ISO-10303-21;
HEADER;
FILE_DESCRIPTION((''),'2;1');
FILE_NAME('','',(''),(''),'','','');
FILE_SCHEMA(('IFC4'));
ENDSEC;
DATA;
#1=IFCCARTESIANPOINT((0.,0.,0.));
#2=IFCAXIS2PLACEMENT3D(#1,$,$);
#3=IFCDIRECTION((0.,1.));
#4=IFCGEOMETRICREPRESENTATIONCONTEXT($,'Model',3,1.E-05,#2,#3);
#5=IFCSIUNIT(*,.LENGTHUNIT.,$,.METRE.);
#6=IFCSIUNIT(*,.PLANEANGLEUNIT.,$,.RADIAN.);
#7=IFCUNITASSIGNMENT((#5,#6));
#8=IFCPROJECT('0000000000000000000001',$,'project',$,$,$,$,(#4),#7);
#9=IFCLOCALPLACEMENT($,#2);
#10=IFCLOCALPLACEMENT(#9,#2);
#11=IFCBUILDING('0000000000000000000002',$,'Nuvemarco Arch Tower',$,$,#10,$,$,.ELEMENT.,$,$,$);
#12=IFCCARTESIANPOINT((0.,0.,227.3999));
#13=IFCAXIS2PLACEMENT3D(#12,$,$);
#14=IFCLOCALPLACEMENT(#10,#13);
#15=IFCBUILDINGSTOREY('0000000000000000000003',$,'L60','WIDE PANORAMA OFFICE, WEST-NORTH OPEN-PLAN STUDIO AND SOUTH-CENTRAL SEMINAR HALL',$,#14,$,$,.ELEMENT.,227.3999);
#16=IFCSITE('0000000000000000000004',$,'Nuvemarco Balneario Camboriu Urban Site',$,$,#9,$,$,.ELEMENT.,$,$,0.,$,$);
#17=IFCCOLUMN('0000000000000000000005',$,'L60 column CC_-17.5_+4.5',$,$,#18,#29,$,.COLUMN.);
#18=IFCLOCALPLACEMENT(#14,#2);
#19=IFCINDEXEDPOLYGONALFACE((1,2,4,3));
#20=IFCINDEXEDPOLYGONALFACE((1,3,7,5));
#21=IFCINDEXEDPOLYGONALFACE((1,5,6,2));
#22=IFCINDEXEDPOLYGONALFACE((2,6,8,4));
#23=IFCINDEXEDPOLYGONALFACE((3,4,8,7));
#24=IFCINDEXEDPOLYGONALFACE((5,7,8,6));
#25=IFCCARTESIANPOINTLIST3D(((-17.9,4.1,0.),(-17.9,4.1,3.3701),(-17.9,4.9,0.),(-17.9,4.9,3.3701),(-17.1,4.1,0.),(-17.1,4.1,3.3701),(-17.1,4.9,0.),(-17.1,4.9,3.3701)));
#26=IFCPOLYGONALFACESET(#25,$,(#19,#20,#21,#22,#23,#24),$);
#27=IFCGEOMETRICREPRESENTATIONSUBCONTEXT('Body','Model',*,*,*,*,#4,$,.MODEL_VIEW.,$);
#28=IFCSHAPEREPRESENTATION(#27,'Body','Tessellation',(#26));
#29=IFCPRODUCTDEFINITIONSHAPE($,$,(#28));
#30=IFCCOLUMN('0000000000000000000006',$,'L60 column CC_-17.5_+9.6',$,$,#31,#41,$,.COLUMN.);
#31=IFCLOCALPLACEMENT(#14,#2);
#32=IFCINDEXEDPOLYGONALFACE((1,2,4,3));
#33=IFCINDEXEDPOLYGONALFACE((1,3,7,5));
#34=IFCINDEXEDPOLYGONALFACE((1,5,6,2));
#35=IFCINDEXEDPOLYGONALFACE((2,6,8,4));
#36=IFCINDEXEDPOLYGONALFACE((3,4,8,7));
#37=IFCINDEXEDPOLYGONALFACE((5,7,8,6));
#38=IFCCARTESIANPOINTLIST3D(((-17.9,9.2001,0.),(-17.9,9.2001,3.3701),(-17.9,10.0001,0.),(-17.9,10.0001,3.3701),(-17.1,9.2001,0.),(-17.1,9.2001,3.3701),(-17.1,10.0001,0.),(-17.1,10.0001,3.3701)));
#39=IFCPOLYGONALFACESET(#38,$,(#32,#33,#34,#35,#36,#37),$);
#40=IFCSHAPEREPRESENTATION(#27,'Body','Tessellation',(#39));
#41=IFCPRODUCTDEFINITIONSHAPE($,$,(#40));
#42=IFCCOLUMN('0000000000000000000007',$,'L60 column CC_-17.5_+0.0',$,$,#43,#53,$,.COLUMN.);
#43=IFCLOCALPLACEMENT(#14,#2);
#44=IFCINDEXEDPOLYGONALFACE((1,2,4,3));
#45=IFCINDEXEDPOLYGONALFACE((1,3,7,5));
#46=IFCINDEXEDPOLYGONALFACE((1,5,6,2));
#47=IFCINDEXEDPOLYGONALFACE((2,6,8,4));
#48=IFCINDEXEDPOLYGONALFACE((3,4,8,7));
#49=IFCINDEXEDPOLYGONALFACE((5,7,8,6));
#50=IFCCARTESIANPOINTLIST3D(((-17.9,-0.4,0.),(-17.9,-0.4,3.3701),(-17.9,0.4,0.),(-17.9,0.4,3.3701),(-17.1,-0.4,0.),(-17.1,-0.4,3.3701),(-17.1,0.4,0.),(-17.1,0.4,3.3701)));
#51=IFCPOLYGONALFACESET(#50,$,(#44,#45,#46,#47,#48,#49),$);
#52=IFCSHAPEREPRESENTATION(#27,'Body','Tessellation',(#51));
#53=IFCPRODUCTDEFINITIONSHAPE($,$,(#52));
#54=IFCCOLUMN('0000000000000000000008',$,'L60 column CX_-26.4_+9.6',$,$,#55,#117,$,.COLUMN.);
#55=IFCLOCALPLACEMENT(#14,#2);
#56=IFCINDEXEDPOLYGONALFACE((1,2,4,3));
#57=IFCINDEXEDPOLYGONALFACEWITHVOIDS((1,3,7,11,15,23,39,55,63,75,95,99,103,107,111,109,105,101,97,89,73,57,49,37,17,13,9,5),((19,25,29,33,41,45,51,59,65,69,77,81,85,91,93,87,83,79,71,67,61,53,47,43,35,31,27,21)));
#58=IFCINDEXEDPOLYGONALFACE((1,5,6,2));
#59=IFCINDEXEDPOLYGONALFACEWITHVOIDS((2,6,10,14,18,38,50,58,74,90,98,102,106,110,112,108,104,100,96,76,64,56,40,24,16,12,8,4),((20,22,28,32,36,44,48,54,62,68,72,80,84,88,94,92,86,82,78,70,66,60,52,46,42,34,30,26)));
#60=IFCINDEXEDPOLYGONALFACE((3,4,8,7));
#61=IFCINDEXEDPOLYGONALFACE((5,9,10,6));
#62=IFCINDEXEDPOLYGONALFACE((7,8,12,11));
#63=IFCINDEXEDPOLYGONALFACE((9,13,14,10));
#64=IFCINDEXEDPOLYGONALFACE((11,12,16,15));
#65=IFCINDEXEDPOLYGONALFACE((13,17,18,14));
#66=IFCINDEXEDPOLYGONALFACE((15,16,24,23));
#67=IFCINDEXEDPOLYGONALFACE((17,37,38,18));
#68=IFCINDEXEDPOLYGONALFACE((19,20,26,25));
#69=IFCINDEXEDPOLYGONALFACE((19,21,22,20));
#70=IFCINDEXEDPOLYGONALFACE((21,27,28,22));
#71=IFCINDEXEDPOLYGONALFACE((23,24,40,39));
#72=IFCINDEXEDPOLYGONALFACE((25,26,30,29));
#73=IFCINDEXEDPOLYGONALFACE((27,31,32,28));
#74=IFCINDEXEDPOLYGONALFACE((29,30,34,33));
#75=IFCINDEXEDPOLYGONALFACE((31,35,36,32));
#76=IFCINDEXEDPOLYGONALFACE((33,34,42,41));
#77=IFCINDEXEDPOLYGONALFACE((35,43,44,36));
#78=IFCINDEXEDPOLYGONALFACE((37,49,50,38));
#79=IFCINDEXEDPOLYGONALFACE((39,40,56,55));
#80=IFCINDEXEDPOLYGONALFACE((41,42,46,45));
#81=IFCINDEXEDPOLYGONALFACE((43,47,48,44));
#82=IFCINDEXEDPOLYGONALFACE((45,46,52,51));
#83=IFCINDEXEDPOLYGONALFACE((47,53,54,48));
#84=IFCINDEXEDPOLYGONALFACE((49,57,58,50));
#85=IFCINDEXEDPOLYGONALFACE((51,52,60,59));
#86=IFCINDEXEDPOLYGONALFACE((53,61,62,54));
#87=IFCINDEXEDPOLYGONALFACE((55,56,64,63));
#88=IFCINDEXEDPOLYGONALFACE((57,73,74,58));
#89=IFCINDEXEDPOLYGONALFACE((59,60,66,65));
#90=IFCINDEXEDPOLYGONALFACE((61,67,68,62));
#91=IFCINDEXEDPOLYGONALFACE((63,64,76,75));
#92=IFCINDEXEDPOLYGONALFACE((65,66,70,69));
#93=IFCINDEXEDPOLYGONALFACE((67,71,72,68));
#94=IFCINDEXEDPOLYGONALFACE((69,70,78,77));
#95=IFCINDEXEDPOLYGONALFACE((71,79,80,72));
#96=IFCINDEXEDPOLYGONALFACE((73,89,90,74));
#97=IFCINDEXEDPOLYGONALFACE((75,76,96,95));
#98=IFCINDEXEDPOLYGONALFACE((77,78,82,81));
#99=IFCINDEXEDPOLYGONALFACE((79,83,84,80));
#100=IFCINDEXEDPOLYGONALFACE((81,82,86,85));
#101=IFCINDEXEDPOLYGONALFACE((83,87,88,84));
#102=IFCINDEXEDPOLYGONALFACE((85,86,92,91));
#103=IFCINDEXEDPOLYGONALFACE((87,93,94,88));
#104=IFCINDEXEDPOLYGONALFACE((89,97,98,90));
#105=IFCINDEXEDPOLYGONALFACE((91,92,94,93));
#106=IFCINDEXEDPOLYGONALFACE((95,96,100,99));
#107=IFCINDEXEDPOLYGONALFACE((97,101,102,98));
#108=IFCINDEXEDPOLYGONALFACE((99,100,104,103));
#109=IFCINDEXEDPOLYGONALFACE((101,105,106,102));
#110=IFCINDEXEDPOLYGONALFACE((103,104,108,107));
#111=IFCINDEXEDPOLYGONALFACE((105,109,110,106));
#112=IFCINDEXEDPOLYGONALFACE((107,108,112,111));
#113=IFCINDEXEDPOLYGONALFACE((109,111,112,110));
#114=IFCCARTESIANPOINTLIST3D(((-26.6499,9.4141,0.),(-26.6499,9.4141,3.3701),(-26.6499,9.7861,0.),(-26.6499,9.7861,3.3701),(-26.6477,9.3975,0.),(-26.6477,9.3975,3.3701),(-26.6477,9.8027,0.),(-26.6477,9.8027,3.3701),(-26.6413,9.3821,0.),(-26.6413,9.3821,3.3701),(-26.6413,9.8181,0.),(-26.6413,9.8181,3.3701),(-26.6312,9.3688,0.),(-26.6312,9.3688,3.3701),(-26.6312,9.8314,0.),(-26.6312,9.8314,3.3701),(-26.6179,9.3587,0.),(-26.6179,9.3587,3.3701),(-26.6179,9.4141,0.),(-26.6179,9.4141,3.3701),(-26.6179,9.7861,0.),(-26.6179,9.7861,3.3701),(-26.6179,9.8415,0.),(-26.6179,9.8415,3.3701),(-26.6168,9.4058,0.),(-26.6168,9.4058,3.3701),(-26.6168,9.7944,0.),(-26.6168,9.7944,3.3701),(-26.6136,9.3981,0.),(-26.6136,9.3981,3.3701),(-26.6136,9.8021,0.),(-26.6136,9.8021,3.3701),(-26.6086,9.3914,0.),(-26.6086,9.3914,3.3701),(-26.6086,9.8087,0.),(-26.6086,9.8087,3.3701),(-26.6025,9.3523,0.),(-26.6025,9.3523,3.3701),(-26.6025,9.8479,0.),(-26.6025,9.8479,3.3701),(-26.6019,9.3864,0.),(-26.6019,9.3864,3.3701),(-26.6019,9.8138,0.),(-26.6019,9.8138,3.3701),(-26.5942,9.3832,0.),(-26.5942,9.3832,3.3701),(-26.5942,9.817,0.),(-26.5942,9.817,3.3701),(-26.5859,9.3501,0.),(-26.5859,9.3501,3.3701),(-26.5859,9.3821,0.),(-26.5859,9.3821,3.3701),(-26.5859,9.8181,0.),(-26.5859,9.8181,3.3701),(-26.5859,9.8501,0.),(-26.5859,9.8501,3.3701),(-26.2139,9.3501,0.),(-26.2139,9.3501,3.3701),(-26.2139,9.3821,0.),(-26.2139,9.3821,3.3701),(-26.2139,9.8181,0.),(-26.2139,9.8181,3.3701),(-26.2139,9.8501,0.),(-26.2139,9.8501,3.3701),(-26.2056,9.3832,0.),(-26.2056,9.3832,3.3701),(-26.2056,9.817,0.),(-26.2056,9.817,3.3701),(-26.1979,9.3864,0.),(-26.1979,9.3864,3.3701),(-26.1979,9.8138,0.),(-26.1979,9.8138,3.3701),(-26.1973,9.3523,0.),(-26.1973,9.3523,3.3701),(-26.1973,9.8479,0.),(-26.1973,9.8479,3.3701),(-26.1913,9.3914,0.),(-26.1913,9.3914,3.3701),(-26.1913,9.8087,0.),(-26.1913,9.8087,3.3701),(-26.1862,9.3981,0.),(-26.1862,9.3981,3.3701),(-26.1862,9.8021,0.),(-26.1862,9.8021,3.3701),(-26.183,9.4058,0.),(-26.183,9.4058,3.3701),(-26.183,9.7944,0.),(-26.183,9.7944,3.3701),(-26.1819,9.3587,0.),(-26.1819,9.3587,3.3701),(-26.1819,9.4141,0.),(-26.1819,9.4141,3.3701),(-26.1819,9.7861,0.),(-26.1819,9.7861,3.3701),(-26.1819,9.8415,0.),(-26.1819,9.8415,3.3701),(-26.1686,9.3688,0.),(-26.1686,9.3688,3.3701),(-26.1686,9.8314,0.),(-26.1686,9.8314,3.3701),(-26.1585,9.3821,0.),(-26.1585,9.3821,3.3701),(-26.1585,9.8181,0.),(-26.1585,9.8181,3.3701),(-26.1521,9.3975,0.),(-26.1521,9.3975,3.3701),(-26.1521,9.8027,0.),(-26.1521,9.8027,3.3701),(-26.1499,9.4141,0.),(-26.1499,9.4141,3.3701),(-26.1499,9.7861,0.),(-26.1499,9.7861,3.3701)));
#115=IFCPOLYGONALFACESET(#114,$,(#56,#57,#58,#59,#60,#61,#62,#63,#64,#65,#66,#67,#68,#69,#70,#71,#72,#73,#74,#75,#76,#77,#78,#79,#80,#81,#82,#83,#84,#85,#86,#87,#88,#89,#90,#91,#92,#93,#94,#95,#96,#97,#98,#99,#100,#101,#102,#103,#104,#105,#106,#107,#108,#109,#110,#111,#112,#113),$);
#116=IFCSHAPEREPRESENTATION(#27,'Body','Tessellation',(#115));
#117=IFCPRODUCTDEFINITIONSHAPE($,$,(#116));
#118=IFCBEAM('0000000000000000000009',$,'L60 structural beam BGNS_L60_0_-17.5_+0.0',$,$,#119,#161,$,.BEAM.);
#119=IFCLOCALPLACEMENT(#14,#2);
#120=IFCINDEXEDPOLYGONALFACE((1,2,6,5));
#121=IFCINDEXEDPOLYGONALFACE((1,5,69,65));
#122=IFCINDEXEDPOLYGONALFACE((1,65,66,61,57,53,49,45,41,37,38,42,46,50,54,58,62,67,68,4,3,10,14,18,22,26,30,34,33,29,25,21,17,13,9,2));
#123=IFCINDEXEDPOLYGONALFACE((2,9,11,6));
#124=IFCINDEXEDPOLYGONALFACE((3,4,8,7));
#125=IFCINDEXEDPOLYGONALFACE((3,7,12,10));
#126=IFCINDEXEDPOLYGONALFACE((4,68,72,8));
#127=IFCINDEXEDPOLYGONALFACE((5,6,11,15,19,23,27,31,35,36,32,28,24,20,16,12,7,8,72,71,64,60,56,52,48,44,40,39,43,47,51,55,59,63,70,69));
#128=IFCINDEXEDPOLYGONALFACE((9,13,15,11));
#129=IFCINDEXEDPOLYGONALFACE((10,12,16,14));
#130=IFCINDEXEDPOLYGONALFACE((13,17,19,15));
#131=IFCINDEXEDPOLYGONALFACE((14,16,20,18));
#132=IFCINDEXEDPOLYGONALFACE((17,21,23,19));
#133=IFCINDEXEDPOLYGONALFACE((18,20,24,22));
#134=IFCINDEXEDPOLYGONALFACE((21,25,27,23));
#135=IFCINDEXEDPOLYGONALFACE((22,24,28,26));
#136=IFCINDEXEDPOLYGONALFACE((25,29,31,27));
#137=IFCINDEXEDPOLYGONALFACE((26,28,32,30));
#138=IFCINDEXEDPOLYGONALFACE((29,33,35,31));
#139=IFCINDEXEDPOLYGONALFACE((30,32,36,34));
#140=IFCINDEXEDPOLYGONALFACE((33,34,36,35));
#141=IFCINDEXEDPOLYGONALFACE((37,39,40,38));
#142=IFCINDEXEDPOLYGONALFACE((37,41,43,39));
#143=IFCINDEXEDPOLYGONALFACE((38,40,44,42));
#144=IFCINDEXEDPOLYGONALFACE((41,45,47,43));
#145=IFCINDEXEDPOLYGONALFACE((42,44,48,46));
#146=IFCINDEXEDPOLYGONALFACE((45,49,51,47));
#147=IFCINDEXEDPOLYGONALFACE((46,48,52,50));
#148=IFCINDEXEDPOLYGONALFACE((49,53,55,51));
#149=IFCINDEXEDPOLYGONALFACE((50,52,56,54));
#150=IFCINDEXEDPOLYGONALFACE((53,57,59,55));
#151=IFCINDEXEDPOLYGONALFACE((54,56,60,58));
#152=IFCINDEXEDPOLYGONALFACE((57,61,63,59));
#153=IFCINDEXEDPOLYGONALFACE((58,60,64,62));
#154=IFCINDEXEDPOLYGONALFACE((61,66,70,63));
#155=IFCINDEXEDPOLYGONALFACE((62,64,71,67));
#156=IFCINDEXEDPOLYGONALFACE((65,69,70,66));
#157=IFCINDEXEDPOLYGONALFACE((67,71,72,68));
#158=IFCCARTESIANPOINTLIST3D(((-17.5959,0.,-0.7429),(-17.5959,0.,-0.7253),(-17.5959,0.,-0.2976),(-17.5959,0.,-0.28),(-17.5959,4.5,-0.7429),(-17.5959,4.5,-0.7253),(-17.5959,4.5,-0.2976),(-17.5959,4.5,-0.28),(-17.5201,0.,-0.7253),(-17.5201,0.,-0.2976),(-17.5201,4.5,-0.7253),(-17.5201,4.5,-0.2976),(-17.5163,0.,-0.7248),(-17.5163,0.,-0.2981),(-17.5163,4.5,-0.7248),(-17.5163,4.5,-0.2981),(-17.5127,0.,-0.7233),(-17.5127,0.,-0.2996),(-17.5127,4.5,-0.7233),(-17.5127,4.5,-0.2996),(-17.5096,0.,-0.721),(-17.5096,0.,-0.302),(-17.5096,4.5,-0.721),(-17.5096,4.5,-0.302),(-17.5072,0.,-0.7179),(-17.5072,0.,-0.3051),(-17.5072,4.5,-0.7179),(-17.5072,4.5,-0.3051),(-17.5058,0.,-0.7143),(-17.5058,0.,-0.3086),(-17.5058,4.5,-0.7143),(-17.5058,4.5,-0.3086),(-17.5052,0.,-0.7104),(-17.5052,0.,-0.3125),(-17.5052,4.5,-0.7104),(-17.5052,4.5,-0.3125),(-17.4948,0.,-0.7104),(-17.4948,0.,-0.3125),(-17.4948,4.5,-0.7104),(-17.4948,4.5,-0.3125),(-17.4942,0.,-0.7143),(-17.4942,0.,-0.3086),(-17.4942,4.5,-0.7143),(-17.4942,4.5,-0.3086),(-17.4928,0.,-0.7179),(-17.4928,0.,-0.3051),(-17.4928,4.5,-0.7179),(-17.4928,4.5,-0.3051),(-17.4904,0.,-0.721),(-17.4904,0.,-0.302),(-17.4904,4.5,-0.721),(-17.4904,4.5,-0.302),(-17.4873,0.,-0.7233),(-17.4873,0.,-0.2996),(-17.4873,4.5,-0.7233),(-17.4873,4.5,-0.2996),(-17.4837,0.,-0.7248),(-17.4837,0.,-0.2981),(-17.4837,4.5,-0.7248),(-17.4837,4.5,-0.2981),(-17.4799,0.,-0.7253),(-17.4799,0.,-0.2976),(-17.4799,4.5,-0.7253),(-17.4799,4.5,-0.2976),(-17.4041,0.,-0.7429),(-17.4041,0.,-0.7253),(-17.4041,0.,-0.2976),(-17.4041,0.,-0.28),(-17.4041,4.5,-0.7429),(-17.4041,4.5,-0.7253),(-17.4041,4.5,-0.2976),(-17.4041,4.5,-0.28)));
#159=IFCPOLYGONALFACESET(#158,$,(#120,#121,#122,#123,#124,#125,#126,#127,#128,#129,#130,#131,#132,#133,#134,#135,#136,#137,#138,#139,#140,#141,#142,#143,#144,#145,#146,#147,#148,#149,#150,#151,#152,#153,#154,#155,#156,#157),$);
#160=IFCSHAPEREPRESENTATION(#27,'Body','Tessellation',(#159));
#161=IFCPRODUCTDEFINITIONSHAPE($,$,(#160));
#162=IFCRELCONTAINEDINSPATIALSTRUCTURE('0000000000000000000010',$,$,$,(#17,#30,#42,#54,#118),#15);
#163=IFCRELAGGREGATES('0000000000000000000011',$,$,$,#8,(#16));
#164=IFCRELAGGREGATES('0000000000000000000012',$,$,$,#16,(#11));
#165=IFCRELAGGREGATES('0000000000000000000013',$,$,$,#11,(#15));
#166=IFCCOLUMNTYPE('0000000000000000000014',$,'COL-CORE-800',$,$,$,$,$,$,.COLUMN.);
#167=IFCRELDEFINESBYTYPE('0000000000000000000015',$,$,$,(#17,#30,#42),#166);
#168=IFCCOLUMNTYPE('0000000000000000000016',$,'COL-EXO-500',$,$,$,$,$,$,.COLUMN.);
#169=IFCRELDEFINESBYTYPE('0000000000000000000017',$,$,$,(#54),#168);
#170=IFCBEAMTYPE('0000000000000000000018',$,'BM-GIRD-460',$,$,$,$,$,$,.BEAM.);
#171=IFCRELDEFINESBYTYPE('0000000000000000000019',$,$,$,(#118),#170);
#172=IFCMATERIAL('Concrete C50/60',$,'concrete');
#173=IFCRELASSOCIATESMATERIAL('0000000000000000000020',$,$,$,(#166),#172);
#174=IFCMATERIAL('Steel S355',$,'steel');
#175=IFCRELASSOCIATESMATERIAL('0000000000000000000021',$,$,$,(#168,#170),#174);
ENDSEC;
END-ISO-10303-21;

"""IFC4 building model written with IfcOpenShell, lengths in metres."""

from ifc_helpers import new_model, si_unit, direction, frame, origin, origin_2d, place, context, subcontext, project, spatial, rectangle, hollow_rectangle, i_section, extrude, material, material_profile, profile_set, type_object, element, save


model = new_model("IFC4")

# Units and contexts
model_context = context("Model", 3, precision=1e-05, world=origin(), true_north=direction((0.0, 1.0)))
body_context = subcontext(model_context, "Body", "Model", "MODEL_VIEW")
ifc_project = project(units=[si_unit("LENGTHUNIT", "METRE"), si_unit("PLANEANGLEUNIT", "RADIAN")], contexts=[model_context])

# Site, building, storey
site_placement = place(None, origin())
site = spatial("IfcSite", under=ifc_project, at=site_placement, Name="Nuvemarco Balneario Camboriu Urban Site", CompositionType="ELEMENT", RefElevation=0.0)
building_placement = place(site_placement, origin())
building = spatial("IfcBuilding", under=site, at=building_placement, Name="Nuvemarco Arch Tower", CompositionType="ELEMENT")
storey_placement = place(building_placement, frame((0.0, 0.0, 227.3999)))
storey = spatial("IfcBuildingStorey", under=building, at=storey_placement, Name="L60", Description="WIDE PANORAMA OFFICE, WEST-NORTH OPEN-PLAN STUDIO AND SOUTH-CENTRAL SEMINAR HALL", CompositionType="ELEMENT", Elevation=227.3999)

# Columns
ifc_material_1 = material(Name="Concrete C50/60", Category="concrete")
ifc_material_profile_1 = material_profile(ifc_material_1, rectangle(XDim=0.8, YDim=0.8, at=origin_2d()), Name="RC-COL-800x800")
ifc_profile_set_1 = profile_set([ifc_material_profile_1], Name="Concrete C50/60")
column_type_1 = type_object("IfcColumnType", Name="COL-CORE-800", PredefinedType="COLUMN", material=ifc_profile_set_1)
for number, where, z_axis, x_axis, name in (
    (1, (-17.5, 4.5, 0.0), (0.0, 0.0, 1.0), (1.0, 0.0, 0.0), "L60 column CC_-17.5_+4.5"),
    (2, (-17.5, 9.6001, 0.0), (0.0, 0.0, 1.0), (1.0, 0.0, 0.0), "L60 column CC_-17.5_+9.6"),
    (3, (-17.5, 0.0, 0.0), (0.0, 0.0, 1.0), (1.0, 0.0, 0.0), "L60 column CC_-17.5_+0.0"),
):
    element("IfcColumn", number, at=place(storey_placement, frame(where, z_axis=z_axis, x_axis=x_axis)), inside=storey, type_object=column_type_1, Name=name, PredefinedType="COLUMN", context=body_context, shape_type="SweptSolid", body=[
        extrude(rectangle(XDim=0.8, YDim=0.8, at=origin_2d()), origin(), (0.0, 0.0, 1.0), 3.3701),
    ])
ifc_material_2 = material(Name="Steel S355", Category="steel")
ifc_material_profile_2 = material_profile(ifc_material_2, hollow_rectangle(XDim=0.5, YDim=0.5, WallThickness=0.032, InnerFilletRadius=0.032, OuterFilletRadius=0.064, at=origin_2d()), Name="SHS500x500x32")
ifc_profile_set_2 = profile_set([ifc_material_profile_2], Name="Steel S355")
column_type_2 = type_object("IfcColumnType", Name="COL-EXO-500", PredefinedType="COLUMN", material=ifc_profile_set_2)
column_placement = place(storey_placement, frame((-26.3999, 9.6001, 0.0), z_axis=(0.0, 0.0, 1.0), x_axis=(1.0, 0.0, 0.0)))
element("IfcColumn", 4, at=column_placement, inside=storey, type_object=column_type_2, Name="L60 column CX_-26.4_+9.6", PredefinedType="COLUMN", context=body_context, shape_type="SweptSolid", body=[
    extrude(hollow_rectangle(XDim=0.5, YDim=0.5, WallThickness=0.032, InnerFilletRadius=0.032, OuterFilletRadius=0.064, at=origin_2d()), origin(), (0.0, 0.0, 1.0), 3.3701),
])

# Beam
ifc_material_profile_3 = material_profile(ifc_material_2, i_section(OverallWidth=0.1919, OverallDepth=0.4629, WebThickness=0.0105, FlangeThickness=0.0176, FilletRadius=0.0149, at=origin_2d()), Name="W460x89")
ifc_profile_set_3 = profile_set([ifc_material_profile_3], Name="Steel S355")
beam_type_1 = type_object("IfcBeamType", Name="BM-GIRD-460", PredefinedType="BEAM", material=ifc_profile_set_3)
beam_1_placement = place(storey_placement, frame((-17.5, 0.0, -0.5115), z_axis=(0.0, 1.0, 0.0), x_axis=(-1.0, 0.0, 0.0)))
element("IfcBeam", 5, at=beam_1_placement, inside=storey, type_object=beam_type_1, Name="L60 structural beam BGNS_L60_0_-17.5_+0.0", PredefinedType="BEAM", context=body_context, shape_type="SweptSolid", body=[
    extrude(i_section(OverallWidth=0.1919, OverallDepth=0.4629, WebThickness=0.0105, FlangeThickness=0.0176, FilletRadius=0.0149, at=origin_2d()), origin(), (0.0, 0.0, 1.0), 4.5),
])

save(model, "model.ifc")
